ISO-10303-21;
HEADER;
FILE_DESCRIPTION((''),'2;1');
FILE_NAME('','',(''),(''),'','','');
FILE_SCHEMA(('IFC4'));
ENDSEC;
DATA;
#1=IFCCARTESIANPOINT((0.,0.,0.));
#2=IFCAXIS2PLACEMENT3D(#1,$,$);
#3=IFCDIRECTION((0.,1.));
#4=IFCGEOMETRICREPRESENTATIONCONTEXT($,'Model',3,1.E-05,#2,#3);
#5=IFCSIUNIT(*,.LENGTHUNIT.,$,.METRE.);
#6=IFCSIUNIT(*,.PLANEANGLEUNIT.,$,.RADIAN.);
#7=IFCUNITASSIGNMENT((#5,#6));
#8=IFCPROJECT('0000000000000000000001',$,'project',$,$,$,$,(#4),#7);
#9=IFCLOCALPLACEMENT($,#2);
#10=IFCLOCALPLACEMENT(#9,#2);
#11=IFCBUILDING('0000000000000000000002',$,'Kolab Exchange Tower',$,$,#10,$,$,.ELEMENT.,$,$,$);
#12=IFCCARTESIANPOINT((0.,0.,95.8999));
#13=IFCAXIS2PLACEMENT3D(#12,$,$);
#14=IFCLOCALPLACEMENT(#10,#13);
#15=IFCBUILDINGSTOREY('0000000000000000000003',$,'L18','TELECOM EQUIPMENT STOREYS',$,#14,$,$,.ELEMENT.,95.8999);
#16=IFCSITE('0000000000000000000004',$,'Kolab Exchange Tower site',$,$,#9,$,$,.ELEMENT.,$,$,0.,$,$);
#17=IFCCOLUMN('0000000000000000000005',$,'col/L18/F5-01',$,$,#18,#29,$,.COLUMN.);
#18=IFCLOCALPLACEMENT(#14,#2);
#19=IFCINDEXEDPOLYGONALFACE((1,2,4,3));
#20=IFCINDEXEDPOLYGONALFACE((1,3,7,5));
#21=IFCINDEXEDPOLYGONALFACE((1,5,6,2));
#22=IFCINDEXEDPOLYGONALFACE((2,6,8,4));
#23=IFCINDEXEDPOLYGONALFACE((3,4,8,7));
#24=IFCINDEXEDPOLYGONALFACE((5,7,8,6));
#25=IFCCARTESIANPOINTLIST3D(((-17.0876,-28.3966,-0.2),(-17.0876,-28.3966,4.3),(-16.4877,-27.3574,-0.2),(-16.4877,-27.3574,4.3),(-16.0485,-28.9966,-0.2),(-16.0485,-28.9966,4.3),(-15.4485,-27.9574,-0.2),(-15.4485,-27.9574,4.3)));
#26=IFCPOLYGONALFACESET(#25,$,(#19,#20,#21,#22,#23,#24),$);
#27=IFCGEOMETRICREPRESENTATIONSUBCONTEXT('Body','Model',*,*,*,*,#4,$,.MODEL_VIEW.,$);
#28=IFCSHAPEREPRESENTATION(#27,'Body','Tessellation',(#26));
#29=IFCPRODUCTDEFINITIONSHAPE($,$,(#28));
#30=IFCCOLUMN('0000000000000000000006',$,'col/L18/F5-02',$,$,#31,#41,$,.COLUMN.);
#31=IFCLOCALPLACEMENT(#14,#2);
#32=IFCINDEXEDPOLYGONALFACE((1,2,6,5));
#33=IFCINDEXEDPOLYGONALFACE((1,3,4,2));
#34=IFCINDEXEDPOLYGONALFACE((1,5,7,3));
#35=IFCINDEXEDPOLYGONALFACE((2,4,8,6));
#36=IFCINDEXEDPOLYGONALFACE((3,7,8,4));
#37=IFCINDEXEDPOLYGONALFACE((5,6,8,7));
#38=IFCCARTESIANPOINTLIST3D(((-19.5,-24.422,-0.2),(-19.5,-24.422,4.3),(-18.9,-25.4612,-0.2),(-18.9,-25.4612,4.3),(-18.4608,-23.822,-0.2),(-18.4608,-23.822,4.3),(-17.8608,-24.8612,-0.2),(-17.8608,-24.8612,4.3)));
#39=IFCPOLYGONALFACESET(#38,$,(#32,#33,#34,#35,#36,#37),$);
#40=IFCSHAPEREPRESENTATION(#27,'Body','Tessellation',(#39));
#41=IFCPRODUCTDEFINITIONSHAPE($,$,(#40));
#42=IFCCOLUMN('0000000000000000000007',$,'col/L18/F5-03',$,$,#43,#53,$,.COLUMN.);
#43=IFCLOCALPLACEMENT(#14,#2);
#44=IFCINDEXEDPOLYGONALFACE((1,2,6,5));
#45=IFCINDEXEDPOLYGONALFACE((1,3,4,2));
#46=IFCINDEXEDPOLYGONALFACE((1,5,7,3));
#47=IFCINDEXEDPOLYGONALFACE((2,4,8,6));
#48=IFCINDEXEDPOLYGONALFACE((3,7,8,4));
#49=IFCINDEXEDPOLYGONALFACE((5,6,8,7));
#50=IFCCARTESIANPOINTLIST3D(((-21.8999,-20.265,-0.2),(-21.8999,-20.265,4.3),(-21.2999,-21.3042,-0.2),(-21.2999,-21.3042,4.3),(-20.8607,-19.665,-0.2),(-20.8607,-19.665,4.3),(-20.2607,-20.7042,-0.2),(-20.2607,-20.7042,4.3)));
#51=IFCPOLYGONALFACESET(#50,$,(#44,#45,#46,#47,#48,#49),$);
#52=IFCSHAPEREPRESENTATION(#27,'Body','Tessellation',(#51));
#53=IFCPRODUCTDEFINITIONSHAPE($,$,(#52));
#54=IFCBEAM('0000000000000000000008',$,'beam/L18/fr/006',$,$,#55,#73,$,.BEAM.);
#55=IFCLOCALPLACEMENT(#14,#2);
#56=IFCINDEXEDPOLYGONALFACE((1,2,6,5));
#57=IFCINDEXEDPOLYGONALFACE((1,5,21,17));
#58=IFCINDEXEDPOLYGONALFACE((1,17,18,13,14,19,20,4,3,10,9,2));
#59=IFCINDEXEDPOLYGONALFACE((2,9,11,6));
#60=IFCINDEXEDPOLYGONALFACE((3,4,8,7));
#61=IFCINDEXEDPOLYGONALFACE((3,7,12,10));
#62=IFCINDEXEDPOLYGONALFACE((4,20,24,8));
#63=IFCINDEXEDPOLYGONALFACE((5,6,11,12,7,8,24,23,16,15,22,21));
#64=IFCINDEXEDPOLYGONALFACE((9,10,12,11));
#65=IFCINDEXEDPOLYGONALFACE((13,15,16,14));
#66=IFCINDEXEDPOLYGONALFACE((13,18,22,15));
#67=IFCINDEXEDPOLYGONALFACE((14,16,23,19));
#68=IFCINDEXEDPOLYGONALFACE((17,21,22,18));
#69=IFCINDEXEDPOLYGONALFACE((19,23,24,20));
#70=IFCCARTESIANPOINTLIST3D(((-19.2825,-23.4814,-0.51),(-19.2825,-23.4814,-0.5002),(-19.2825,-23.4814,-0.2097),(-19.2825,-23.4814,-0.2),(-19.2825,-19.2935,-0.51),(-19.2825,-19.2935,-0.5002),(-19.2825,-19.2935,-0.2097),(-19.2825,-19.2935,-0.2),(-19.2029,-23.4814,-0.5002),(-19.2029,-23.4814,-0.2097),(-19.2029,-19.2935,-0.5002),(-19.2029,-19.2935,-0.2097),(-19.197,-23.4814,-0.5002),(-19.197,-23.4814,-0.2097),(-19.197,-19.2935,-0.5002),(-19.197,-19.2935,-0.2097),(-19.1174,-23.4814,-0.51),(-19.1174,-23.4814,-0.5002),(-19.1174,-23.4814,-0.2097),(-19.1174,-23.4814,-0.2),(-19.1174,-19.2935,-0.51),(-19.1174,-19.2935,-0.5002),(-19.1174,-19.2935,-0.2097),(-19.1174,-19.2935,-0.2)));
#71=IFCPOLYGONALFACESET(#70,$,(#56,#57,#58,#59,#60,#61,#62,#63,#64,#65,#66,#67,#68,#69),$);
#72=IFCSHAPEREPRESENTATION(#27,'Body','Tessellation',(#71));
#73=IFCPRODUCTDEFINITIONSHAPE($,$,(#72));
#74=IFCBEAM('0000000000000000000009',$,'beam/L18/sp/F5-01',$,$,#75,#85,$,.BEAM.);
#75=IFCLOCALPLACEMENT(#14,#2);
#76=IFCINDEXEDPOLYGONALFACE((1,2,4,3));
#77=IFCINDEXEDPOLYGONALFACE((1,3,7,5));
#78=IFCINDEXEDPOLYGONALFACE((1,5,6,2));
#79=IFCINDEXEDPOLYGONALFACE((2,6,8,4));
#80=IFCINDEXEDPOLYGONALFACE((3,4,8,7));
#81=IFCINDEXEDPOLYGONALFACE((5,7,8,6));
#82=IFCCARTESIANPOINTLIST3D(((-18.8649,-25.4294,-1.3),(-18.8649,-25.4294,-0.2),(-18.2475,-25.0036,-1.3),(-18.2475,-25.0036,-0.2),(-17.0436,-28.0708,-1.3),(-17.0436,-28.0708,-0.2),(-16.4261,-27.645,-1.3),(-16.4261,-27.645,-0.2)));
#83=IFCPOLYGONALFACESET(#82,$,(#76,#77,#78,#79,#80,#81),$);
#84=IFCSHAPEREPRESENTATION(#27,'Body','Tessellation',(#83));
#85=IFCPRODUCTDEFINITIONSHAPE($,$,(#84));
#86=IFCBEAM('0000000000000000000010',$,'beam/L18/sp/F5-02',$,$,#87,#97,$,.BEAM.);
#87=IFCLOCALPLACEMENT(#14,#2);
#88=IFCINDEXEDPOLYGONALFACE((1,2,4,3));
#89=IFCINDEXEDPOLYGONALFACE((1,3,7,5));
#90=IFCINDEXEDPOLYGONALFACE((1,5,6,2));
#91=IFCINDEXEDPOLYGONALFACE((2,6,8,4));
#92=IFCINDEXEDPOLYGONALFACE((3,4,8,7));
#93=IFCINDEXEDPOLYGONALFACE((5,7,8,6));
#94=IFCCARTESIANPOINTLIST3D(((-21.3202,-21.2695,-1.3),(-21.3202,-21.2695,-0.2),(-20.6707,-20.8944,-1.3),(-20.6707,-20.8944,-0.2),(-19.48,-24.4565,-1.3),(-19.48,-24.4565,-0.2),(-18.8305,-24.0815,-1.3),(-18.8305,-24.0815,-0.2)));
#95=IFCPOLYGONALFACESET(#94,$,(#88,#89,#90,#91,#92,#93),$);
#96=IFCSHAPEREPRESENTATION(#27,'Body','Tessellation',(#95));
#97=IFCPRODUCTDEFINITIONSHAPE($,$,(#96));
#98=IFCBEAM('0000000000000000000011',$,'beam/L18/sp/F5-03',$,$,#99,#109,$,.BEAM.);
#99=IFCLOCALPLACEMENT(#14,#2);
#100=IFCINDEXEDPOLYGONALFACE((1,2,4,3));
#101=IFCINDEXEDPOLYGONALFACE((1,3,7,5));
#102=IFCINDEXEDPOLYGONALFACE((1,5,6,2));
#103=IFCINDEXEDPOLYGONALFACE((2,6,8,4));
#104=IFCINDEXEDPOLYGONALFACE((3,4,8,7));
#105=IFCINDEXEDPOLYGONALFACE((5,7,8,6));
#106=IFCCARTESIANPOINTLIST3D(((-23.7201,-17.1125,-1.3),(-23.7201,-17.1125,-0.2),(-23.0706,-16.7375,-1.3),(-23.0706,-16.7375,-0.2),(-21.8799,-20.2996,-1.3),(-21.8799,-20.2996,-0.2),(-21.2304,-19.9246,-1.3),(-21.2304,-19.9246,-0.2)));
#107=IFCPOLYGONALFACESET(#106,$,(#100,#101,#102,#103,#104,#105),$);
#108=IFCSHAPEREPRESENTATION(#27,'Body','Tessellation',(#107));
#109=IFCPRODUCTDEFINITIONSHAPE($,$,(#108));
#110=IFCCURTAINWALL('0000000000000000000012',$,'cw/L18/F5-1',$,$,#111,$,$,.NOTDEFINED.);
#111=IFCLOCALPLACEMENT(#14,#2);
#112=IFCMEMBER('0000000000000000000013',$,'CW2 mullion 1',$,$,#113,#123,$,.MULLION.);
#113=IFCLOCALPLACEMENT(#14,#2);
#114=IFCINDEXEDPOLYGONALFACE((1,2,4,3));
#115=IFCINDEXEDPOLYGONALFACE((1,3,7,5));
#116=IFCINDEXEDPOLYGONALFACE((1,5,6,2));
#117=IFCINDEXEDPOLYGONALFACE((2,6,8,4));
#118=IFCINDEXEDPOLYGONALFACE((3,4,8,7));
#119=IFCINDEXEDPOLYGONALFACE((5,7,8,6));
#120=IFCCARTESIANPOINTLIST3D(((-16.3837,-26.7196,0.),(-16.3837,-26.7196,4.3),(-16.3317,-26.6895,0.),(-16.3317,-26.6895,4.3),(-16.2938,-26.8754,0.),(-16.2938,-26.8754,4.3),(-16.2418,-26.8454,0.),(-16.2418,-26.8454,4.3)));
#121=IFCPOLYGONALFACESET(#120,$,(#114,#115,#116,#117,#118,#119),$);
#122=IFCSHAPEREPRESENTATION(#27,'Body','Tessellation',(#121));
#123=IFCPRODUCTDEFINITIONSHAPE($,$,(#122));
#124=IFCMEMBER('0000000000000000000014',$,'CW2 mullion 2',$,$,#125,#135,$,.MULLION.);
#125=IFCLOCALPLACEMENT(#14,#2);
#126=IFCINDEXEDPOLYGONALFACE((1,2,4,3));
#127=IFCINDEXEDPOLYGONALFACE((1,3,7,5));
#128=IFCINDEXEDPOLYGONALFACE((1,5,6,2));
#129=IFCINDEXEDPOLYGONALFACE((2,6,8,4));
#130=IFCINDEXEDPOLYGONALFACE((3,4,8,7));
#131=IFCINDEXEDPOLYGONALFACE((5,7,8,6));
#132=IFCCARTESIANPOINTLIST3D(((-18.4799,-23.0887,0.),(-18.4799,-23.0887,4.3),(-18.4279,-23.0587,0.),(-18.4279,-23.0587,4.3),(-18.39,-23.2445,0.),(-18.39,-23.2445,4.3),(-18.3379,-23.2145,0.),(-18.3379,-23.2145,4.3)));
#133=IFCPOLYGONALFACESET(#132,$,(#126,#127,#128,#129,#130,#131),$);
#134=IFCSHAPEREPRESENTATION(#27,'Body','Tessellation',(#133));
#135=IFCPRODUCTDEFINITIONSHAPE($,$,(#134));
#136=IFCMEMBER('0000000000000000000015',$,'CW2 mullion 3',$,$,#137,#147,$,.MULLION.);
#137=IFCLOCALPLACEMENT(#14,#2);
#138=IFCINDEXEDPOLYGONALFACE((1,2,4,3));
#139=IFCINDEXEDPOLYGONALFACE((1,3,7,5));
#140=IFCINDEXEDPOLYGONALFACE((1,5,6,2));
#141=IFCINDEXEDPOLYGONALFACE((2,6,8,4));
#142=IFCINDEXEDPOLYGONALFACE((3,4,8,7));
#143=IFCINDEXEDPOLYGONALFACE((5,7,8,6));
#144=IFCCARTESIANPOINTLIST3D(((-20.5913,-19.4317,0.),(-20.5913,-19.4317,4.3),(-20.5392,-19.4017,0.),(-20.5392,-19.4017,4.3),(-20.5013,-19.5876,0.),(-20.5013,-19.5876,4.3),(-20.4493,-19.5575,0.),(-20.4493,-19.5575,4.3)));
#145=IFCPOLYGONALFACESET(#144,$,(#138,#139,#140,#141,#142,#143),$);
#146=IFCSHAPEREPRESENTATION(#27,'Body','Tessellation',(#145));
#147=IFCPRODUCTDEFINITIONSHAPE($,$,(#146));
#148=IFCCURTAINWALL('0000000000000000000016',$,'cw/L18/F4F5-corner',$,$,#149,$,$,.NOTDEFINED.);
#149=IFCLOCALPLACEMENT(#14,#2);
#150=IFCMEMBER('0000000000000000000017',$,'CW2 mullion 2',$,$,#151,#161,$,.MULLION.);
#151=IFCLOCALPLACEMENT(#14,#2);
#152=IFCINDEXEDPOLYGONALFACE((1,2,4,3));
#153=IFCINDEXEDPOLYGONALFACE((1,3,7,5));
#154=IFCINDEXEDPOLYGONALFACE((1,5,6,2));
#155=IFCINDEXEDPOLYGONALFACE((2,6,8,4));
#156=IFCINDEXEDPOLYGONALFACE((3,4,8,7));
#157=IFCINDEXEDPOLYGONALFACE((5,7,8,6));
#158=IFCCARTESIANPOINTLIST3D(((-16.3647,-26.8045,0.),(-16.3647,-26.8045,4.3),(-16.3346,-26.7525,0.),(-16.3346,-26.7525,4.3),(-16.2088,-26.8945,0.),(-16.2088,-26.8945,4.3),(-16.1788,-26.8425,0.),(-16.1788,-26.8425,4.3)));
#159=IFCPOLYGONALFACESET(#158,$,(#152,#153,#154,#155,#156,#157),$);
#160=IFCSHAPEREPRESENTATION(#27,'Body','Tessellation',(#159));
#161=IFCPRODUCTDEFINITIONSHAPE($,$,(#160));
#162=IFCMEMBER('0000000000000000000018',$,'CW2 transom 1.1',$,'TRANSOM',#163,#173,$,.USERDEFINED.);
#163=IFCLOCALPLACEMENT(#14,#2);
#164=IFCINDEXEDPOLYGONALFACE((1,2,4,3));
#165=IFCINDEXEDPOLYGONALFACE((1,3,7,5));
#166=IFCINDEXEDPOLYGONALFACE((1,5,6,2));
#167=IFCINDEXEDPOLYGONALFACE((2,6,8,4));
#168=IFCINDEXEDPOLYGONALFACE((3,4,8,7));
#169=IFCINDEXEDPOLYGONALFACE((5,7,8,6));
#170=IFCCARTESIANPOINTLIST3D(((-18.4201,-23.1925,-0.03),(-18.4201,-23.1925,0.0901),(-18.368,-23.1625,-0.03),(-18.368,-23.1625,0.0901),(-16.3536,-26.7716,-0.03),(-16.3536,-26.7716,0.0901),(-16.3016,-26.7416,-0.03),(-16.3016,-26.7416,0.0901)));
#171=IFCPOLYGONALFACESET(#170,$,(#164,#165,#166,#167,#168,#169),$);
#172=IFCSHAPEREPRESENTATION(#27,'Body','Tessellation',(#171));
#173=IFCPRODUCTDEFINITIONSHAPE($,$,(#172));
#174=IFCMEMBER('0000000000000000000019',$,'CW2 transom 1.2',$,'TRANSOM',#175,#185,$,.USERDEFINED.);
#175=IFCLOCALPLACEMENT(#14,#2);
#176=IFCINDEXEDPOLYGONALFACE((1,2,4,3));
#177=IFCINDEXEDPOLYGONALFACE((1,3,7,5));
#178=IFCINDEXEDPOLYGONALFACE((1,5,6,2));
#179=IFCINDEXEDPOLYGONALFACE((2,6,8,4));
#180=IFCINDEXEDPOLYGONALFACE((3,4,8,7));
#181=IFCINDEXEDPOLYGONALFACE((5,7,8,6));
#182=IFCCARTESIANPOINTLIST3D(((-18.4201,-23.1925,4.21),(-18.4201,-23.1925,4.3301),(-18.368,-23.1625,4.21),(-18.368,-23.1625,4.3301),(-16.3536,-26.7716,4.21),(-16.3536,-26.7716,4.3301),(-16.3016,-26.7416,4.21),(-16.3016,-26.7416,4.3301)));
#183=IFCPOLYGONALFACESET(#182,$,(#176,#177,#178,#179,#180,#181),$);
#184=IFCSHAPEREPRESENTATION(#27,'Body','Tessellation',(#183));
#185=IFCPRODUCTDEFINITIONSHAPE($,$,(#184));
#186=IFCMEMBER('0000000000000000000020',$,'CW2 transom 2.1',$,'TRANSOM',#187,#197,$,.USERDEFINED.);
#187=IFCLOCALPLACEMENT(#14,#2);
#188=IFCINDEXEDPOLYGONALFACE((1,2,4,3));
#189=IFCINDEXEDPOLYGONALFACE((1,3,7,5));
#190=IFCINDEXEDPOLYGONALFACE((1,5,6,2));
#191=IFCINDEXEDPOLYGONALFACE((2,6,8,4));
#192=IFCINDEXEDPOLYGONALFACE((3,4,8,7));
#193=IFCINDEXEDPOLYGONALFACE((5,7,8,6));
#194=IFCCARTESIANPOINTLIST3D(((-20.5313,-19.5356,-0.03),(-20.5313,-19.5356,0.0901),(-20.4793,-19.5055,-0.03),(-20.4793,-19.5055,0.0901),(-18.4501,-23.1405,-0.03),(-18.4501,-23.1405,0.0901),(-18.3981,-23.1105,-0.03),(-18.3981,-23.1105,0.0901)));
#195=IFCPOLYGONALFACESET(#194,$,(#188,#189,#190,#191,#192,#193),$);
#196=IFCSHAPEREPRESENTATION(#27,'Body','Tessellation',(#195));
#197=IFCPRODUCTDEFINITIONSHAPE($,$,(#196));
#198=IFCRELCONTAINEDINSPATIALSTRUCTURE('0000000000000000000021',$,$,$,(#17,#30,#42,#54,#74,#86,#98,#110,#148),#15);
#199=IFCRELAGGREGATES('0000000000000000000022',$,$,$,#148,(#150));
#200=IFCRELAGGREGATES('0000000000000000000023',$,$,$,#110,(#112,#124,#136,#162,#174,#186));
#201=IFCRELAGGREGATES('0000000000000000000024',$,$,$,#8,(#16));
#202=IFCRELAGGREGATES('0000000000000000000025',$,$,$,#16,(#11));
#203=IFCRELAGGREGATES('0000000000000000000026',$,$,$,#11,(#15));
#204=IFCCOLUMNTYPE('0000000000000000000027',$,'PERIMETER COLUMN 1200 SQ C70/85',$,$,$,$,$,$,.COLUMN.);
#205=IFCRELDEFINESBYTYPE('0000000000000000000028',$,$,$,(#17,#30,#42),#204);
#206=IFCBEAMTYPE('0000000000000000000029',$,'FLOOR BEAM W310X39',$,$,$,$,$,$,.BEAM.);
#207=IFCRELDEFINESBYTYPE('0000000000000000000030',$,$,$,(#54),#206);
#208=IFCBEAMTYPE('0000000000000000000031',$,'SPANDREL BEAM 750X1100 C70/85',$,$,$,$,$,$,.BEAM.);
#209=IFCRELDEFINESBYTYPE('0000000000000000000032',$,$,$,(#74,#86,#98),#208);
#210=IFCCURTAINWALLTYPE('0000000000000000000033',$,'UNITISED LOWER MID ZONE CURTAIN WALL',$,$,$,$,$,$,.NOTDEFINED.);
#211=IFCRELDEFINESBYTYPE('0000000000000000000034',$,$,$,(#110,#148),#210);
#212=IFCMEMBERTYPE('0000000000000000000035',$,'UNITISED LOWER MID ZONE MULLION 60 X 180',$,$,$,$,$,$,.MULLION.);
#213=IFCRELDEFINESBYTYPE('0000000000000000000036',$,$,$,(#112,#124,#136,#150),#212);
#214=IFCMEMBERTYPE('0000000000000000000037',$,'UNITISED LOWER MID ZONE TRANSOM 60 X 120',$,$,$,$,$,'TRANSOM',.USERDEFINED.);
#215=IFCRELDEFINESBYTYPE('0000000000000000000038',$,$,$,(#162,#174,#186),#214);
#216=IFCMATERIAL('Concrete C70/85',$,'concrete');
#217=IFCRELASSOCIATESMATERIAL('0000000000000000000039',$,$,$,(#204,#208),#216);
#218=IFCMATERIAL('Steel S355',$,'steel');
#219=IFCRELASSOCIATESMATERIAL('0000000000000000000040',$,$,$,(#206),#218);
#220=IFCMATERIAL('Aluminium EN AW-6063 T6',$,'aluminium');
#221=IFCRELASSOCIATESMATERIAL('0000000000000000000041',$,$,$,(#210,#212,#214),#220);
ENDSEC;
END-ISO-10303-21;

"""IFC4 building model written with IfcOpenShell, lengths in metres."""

from ifc_helpers import new_model, si_unit, direction, frame, origin, origin_2d, place, context, subcontext, project, spatial, rectangle, i_section, extrude, material, material_profile, profile_set, type_object, element, aggregate, save


model = new_model("IFC4")

# Units and contexts
model_context = context("Model", 3, precision=1e-05, world=origin(), true_north=direction((0.0, 1.0)))
body_context = subcontext(model_context, "Body", "Model", "MODEL_VIEW")
ifc_project = project(units=[si_unit("LENGTHUNIT", "METRE"), si_unit("PLANEANGLEUNIT", "RADIAN")], contexts=[model_context])

# Site, building, storey
site_placement = place(None, origin())
site = spatial("IfcSite", under=ifc_project, at=site_placement, Name="Kolab Exchange Tower site", CompositionType="ELEMENT", RefElevation=0.0)
building_placement = place(site_placement, origin())
building = spatial("IfcBuilding", under=site, at=building_placement, Name="Kolab Exchange Tower", CompositionType="ELEMENT")
storey_placement = place(building_placement, frame((0.0, 0.0, 95.8999)))
storey = spatial("IfcBuildingStorey", under=building, at=storey_placement, Name="L18", Description="TELECOM EQUIPMENT STOREYS", CompositionType="ELEMENT", Elevation=95.8999)

# Columns
ifc_material_1 = material(Name="Concrete C70/85", Category="concrete")
ifc_material_profile_1 = material_profile(ifc_material_1, rectangle(XDim=1.2, YDim=1.2, at=origin_2d()), Name="RC1200")
ifc_profile_set_1 = profile_set([ifc_material_profile_1], Name="Concrete C70/85")
column_type = type_object("IfcColumnType", Name="PERIMETER COLUMN 1200 SQ C70/85", PredefinedType="COLUMN", material=ifc_profile_set_1)
for number, where, z_axis, x_axis, name in (
    (1, (-16.2681, -28.177, -0.2), (0.0, 0.0, 1.0), (0.5, 0.866025, 0.0), "col/L18/F5-01"),
    (2, (-18.6804, -24.6416, -0.2), (0.0, 0.0, 1.0), (0.866025, 0.5, 0.0), "col/L18/F5-02"),
    (3, (-21.0803, -20.4846, -0.2), (0.0, 0.0, 1.0), (0.866025, 0.5, 0.0), "col/L18/F5-03"),
):
    element("IfcColumn", number, at=place(storey_placement, frame(where, z_axis=z_axis, x_axis=x_axis)), inside=storey, type_object=column_type, Name=name, PredefinedType="COLUMN", context=body_context, shape_type="SweptSolid", body=[
        extrude(rectangle(XDim=1.2, YDim=1.2, at=origin_2d()), origin(), (0.0, 0.0, 1.0), 4.5),
    ])

# Beams
ifc_material_2 = material(Name="Steel S355", Category="steel")
ifc_material_profile_2 = material_profile(ifc_material_2, i_section(OverallWidth=0.165, OverallDepth=0.3101, WebThickness=0.0059, FlangeThickness=0.0098, at=origin_2d()), Name="W310X39")
ifc_profile_set_2 = profile_set([ifc_material_profile_2], Name="Steel S355")
beam_type_1 = type_object("IfcBeamType", Name="FLOOR BEAM W310X39", PredefinedType="BEAM", material=ifc_profile_set_2)
beam_1_placement = place(storey_placement, frame((-19.2, -23.4814, -0.355), z_axis=(0.0, 1.0, 0.0), x_axis=(-1.0, 0.0, 0.0)))
element("IfcBeam", 4, at=beam_1_placement, inside=storey, type_object=beam_type_1, Name="beam/L18/fr/006", PredefinedType="BEAM", context=body_context, shape_type="SweptSolid", body=[
    extrude(i_section(OverallWidth=0.165, OverallDepth=0.3101, WebThickness=0.0059, FlangeThickness=0.0098, at=origin_2d()), origin(), (0.0, 0.0, 1.0), 4.188),
])
ifc_material_profile_3 = material_profile(ifc_material_1, rectangle(XDim=0.75, YDim=1.1001, at=origin_2d()), Name="RC750X1100")
ifc_profile_set_3 = profile_set([ifc_material_profile_3], Name="Concrete C70/85")
beam_type_2 = type_object("IfcBeamType", Name="SPANDREL BEAM 750X1100 C70/85", PredefinedType="BEAM", material=ifc_profile_set_3)
beam_2_placement = place(storey_placement, frame((-16.7349, -27.8579, -0.75), z_axis=(-0.567662, 0.823262, 0.0), x_axis=(-0.823262, -0.567662, 0.0)))
element("IfcBeam", 5, at=beam_2_placement, inside=storey, type_object=beam_type_2, Name="beam/L18/sp/F5-01", PredefinedType="BEAM", context=body_context, shape_type="SweptSolid", body=[
    extrude(rectangle(XDim=0.75, YDim=1.1001, at=origin_2d()), origin(), (0.0, 0.0, 1.0), 3.2085),
])
for number, where, z_axis, x_axis, name in (
    (6, (-19.1553, -24.269, -0.75), (-0.500013, 0.866018, 0.0), (-0.866018, -0.500013, 0.0), "beam/L18/sp/F5-02"),
    (7, (-21.5552, -20.1121, -0.75), (-0.500013, 0.866018, 0.0), (-0.866018, -0.500013, 0.0), "beam/L18/sp/F5-03"),
):
    element("IfcBeam", number, at=place(storey_placement, frame(where, z_axis=z_axis, x_axis=x_axis)), inside=storey, type_object=beam_type_2, Name=name, PredefinedType="BEAM", context=body_context, shape_type="SweptSolid", body=[
        extrude(rectangle(XDim=0.75, YDim=1.1001, at=origin_2d()), origin(), (0.0, 0.0, 1.0), 3.6802),
    ])

# Curtain wall, members
ifc_material_3 = material(Name="Aluminium EN AW-6063 T6", Category="aluminium")
curtain_wall_type = type_object("IfcCurtainWallType", Name="UNITISED LOWER MID ZONE CURTAIN WALL", PredefinedType="NOTDEFINED", material=ifc_material_3)
curtain_wall_1_placement = place(storey_placement, origin())
curtain_wall_1 = element("IfcCurtainWall", 8, at=curtain_wall_1_placement, inside=storey, type_object=curtain_wall_type, Name="cw/L18/F5-1", PredefinedType="NOTDEFINED")
ifc_material_profile_4 = material_profile(ifc_material_3, rectangle(XDim=0.0601, YDim=0.1799, at=origin_2d()), Name="RECT 60X180")
ifc_profile_set_4 = profile_set([ifc_material_profile_4], Name="Aluminium EN AW-6063 T6")
member_type_1 = type_object("IfcMemberType", Name="UNITISED LOWER MID ZONE MULLION 60 X 180", PredefinedType="MULLION", material=ifc_profile_set_4)
member_1_placement = place(storey_placement, frame((-16.3127, -26.7825, 0.0), z_axis=(0.0, 0.0, 1.0), x_axis=(-0.866025, -0.5, 0.0)))
member_1 = element("IfcMember", 9, at=member_1_placement, type_object=member_type_1, Name="CW2 mullion 1", PredefinedType="MULLION", context=body_context, shape_type="SweptSolid", body=[
    extrude(rectangle(XDim=0.0601, YDim=0.1799, at=origin_2d()), origin(), (0.0, 0.0, 1.0), 4.3),
])
member_2_placement = place(storey_placement, frame((-18.4089, -23.1516, 0.0), z_axis=(0.0, 0.0, 1.0), x_axis=(-0.866025, -0.5, 0.0)))
member_2 = element("IfcMember", 10, at=member_2_placement, type_object=member_type_1, Name="CW2 mullion 2", PredefinedType="MULLION", context=body_context, shape_type="SweptSolid", body=[
    extrude(rectangle(XDim=0.0601, YDim=0.1799, at=origin_2d()), origin(), (0.0, 0.0, 1.0), 4.3),
])
member_3_placement = place(storey_placement, frame((-20.5203, -19.4946, 0.0), z_axis=(0.0, 0.0, 1.0), x_axis=(-0.866025, -0.5, 0.0)))
member_3 = element("IfcMember", 11, at=member_3_placement, type_object=member_type_1, Name="CW2 mullion 3", PredefinedType="MULLION", context=body_context, shape_type="SweptSolid", body=[
    extrude(rectangle(XDim=0.0601, YDim=0.1799, at=origin_2d()), origin(), (0.0, 0.0, 1.0), 4.3),
])

# Curtain wall, member
curtain_wall_2_placement = place(storey_placement, origin())
curtain_wall_2 = element("IfcCurtainWall", 12, at=curtain_wall_2_placement, inside=storey, type_object=curtain_wall_type, Name="cw/L18/F4F5-corner", PredefinedType="NOTDEFINED")
member_4_placement = place(storey_placement, frame((-16.2717, -26.8235, 0.0), z_axis=(0.0, 0.0, 1.0), x_axis=(-0.5, -0.866025, 0.0)))
member_4 = element("IfcMember", 13, at=member_4_placement, type_object=member_type_1, Name="CW2 mullion 2", PredefinedType="MULLION", context=body_context, shape_type="SweptSolid", body=[
    extrude(rectangle(XDim=0.0601, YDim=0.1799, at=origin_2d()), origin(), (0.0, 0.0, 1.0), 4.3),
])
aggregate(curtain_wall_2, [member_4])

# Members
ifc_material_profile_5 = material_profile(ifc_material_3, rectangle(XDim=0.0601, YDim=0.1201, at=origin_2d()), Name="RECT 60X120")
ifc_profile_set_5 = profile_set([ifc_material_profile_5], Name="Aluminium EN AW-6063 T6")
member_type_2 = type_object("IfcMemberType", Name="UNITISED LOWER MID ZONE TRANSOM 60 X 120", ElementType="TRANSOM", PredefinedType="USERDEFINED", material=ifc_profile_set_5)
member_5_placement = place(storey_placement, frame((-16.3276, -26.7566, 0.03), z_axis=(-0.500002, 0.866024, 0.0), x_axis=(-0.866024, -0.500002, 0.0)))
member_5 = element("IfcMember", 14, at=member_5_placement, type_object=member_type_2, Name="CW2 transom 1.1", ObjectType="TRANSOM", PredefinedType="USERDEFINED", context=body_context, shape_type="SweptSolid", body=[
    extrude(rectangle(XDim=0.0601, YDim=0.1201, at=origin_2d()), origin(), (0.0, 0.0, 1.0), 4.1328),
])
member_6_placement = place(storey_placement, frame((-16.3276, -26.7566, 4.27), z_axis=(-0.500002, 0.866024, 0.0), x_axis=(-0.866024, -0.500002, 0.0)))
member_6 = element("IfcMember", 15, at=member_6_placement, type_object=member_type_2, Name="CW2 transom 1.2", ObjectType="TRANSOM", PredefinedType="USERDEFINED", context=body_context, shape_type="SweptSolid", body=[
    extrude(rectangle(XDim=0.0601, YDim=0.1201, at=origin_2d()), origin(), (0.0, 0.0, 1.0), 4.1328),
])
member_7_placement = place(storey_placement, frame((-18.4241, -23.1255, 0.03), z_axis=(-0.499993, 0.866029, 0.0), x_axis=(-0.866029, -0.499993, 0.0)))
member_7 = element("IfcMember", 16, at=member_7_placement, type_object=member_type_2, Name="CW2 transom 2.1", ObjectType="TRANSOM", PredefinedType="USERDEFINED", context=body_context, shape_type="SweptSolid", body=[
    extrude(rectangle(XDim=0.0601, YDim=0.1201, at=origin_2d()), origin(), (0.0, 0.0, 1.0), 4.1626),
])

aggregate(curtain_wall_1, [member_1, member_2, member_3, member_5, member_6, member_7])

save(model, "model.ifc")
